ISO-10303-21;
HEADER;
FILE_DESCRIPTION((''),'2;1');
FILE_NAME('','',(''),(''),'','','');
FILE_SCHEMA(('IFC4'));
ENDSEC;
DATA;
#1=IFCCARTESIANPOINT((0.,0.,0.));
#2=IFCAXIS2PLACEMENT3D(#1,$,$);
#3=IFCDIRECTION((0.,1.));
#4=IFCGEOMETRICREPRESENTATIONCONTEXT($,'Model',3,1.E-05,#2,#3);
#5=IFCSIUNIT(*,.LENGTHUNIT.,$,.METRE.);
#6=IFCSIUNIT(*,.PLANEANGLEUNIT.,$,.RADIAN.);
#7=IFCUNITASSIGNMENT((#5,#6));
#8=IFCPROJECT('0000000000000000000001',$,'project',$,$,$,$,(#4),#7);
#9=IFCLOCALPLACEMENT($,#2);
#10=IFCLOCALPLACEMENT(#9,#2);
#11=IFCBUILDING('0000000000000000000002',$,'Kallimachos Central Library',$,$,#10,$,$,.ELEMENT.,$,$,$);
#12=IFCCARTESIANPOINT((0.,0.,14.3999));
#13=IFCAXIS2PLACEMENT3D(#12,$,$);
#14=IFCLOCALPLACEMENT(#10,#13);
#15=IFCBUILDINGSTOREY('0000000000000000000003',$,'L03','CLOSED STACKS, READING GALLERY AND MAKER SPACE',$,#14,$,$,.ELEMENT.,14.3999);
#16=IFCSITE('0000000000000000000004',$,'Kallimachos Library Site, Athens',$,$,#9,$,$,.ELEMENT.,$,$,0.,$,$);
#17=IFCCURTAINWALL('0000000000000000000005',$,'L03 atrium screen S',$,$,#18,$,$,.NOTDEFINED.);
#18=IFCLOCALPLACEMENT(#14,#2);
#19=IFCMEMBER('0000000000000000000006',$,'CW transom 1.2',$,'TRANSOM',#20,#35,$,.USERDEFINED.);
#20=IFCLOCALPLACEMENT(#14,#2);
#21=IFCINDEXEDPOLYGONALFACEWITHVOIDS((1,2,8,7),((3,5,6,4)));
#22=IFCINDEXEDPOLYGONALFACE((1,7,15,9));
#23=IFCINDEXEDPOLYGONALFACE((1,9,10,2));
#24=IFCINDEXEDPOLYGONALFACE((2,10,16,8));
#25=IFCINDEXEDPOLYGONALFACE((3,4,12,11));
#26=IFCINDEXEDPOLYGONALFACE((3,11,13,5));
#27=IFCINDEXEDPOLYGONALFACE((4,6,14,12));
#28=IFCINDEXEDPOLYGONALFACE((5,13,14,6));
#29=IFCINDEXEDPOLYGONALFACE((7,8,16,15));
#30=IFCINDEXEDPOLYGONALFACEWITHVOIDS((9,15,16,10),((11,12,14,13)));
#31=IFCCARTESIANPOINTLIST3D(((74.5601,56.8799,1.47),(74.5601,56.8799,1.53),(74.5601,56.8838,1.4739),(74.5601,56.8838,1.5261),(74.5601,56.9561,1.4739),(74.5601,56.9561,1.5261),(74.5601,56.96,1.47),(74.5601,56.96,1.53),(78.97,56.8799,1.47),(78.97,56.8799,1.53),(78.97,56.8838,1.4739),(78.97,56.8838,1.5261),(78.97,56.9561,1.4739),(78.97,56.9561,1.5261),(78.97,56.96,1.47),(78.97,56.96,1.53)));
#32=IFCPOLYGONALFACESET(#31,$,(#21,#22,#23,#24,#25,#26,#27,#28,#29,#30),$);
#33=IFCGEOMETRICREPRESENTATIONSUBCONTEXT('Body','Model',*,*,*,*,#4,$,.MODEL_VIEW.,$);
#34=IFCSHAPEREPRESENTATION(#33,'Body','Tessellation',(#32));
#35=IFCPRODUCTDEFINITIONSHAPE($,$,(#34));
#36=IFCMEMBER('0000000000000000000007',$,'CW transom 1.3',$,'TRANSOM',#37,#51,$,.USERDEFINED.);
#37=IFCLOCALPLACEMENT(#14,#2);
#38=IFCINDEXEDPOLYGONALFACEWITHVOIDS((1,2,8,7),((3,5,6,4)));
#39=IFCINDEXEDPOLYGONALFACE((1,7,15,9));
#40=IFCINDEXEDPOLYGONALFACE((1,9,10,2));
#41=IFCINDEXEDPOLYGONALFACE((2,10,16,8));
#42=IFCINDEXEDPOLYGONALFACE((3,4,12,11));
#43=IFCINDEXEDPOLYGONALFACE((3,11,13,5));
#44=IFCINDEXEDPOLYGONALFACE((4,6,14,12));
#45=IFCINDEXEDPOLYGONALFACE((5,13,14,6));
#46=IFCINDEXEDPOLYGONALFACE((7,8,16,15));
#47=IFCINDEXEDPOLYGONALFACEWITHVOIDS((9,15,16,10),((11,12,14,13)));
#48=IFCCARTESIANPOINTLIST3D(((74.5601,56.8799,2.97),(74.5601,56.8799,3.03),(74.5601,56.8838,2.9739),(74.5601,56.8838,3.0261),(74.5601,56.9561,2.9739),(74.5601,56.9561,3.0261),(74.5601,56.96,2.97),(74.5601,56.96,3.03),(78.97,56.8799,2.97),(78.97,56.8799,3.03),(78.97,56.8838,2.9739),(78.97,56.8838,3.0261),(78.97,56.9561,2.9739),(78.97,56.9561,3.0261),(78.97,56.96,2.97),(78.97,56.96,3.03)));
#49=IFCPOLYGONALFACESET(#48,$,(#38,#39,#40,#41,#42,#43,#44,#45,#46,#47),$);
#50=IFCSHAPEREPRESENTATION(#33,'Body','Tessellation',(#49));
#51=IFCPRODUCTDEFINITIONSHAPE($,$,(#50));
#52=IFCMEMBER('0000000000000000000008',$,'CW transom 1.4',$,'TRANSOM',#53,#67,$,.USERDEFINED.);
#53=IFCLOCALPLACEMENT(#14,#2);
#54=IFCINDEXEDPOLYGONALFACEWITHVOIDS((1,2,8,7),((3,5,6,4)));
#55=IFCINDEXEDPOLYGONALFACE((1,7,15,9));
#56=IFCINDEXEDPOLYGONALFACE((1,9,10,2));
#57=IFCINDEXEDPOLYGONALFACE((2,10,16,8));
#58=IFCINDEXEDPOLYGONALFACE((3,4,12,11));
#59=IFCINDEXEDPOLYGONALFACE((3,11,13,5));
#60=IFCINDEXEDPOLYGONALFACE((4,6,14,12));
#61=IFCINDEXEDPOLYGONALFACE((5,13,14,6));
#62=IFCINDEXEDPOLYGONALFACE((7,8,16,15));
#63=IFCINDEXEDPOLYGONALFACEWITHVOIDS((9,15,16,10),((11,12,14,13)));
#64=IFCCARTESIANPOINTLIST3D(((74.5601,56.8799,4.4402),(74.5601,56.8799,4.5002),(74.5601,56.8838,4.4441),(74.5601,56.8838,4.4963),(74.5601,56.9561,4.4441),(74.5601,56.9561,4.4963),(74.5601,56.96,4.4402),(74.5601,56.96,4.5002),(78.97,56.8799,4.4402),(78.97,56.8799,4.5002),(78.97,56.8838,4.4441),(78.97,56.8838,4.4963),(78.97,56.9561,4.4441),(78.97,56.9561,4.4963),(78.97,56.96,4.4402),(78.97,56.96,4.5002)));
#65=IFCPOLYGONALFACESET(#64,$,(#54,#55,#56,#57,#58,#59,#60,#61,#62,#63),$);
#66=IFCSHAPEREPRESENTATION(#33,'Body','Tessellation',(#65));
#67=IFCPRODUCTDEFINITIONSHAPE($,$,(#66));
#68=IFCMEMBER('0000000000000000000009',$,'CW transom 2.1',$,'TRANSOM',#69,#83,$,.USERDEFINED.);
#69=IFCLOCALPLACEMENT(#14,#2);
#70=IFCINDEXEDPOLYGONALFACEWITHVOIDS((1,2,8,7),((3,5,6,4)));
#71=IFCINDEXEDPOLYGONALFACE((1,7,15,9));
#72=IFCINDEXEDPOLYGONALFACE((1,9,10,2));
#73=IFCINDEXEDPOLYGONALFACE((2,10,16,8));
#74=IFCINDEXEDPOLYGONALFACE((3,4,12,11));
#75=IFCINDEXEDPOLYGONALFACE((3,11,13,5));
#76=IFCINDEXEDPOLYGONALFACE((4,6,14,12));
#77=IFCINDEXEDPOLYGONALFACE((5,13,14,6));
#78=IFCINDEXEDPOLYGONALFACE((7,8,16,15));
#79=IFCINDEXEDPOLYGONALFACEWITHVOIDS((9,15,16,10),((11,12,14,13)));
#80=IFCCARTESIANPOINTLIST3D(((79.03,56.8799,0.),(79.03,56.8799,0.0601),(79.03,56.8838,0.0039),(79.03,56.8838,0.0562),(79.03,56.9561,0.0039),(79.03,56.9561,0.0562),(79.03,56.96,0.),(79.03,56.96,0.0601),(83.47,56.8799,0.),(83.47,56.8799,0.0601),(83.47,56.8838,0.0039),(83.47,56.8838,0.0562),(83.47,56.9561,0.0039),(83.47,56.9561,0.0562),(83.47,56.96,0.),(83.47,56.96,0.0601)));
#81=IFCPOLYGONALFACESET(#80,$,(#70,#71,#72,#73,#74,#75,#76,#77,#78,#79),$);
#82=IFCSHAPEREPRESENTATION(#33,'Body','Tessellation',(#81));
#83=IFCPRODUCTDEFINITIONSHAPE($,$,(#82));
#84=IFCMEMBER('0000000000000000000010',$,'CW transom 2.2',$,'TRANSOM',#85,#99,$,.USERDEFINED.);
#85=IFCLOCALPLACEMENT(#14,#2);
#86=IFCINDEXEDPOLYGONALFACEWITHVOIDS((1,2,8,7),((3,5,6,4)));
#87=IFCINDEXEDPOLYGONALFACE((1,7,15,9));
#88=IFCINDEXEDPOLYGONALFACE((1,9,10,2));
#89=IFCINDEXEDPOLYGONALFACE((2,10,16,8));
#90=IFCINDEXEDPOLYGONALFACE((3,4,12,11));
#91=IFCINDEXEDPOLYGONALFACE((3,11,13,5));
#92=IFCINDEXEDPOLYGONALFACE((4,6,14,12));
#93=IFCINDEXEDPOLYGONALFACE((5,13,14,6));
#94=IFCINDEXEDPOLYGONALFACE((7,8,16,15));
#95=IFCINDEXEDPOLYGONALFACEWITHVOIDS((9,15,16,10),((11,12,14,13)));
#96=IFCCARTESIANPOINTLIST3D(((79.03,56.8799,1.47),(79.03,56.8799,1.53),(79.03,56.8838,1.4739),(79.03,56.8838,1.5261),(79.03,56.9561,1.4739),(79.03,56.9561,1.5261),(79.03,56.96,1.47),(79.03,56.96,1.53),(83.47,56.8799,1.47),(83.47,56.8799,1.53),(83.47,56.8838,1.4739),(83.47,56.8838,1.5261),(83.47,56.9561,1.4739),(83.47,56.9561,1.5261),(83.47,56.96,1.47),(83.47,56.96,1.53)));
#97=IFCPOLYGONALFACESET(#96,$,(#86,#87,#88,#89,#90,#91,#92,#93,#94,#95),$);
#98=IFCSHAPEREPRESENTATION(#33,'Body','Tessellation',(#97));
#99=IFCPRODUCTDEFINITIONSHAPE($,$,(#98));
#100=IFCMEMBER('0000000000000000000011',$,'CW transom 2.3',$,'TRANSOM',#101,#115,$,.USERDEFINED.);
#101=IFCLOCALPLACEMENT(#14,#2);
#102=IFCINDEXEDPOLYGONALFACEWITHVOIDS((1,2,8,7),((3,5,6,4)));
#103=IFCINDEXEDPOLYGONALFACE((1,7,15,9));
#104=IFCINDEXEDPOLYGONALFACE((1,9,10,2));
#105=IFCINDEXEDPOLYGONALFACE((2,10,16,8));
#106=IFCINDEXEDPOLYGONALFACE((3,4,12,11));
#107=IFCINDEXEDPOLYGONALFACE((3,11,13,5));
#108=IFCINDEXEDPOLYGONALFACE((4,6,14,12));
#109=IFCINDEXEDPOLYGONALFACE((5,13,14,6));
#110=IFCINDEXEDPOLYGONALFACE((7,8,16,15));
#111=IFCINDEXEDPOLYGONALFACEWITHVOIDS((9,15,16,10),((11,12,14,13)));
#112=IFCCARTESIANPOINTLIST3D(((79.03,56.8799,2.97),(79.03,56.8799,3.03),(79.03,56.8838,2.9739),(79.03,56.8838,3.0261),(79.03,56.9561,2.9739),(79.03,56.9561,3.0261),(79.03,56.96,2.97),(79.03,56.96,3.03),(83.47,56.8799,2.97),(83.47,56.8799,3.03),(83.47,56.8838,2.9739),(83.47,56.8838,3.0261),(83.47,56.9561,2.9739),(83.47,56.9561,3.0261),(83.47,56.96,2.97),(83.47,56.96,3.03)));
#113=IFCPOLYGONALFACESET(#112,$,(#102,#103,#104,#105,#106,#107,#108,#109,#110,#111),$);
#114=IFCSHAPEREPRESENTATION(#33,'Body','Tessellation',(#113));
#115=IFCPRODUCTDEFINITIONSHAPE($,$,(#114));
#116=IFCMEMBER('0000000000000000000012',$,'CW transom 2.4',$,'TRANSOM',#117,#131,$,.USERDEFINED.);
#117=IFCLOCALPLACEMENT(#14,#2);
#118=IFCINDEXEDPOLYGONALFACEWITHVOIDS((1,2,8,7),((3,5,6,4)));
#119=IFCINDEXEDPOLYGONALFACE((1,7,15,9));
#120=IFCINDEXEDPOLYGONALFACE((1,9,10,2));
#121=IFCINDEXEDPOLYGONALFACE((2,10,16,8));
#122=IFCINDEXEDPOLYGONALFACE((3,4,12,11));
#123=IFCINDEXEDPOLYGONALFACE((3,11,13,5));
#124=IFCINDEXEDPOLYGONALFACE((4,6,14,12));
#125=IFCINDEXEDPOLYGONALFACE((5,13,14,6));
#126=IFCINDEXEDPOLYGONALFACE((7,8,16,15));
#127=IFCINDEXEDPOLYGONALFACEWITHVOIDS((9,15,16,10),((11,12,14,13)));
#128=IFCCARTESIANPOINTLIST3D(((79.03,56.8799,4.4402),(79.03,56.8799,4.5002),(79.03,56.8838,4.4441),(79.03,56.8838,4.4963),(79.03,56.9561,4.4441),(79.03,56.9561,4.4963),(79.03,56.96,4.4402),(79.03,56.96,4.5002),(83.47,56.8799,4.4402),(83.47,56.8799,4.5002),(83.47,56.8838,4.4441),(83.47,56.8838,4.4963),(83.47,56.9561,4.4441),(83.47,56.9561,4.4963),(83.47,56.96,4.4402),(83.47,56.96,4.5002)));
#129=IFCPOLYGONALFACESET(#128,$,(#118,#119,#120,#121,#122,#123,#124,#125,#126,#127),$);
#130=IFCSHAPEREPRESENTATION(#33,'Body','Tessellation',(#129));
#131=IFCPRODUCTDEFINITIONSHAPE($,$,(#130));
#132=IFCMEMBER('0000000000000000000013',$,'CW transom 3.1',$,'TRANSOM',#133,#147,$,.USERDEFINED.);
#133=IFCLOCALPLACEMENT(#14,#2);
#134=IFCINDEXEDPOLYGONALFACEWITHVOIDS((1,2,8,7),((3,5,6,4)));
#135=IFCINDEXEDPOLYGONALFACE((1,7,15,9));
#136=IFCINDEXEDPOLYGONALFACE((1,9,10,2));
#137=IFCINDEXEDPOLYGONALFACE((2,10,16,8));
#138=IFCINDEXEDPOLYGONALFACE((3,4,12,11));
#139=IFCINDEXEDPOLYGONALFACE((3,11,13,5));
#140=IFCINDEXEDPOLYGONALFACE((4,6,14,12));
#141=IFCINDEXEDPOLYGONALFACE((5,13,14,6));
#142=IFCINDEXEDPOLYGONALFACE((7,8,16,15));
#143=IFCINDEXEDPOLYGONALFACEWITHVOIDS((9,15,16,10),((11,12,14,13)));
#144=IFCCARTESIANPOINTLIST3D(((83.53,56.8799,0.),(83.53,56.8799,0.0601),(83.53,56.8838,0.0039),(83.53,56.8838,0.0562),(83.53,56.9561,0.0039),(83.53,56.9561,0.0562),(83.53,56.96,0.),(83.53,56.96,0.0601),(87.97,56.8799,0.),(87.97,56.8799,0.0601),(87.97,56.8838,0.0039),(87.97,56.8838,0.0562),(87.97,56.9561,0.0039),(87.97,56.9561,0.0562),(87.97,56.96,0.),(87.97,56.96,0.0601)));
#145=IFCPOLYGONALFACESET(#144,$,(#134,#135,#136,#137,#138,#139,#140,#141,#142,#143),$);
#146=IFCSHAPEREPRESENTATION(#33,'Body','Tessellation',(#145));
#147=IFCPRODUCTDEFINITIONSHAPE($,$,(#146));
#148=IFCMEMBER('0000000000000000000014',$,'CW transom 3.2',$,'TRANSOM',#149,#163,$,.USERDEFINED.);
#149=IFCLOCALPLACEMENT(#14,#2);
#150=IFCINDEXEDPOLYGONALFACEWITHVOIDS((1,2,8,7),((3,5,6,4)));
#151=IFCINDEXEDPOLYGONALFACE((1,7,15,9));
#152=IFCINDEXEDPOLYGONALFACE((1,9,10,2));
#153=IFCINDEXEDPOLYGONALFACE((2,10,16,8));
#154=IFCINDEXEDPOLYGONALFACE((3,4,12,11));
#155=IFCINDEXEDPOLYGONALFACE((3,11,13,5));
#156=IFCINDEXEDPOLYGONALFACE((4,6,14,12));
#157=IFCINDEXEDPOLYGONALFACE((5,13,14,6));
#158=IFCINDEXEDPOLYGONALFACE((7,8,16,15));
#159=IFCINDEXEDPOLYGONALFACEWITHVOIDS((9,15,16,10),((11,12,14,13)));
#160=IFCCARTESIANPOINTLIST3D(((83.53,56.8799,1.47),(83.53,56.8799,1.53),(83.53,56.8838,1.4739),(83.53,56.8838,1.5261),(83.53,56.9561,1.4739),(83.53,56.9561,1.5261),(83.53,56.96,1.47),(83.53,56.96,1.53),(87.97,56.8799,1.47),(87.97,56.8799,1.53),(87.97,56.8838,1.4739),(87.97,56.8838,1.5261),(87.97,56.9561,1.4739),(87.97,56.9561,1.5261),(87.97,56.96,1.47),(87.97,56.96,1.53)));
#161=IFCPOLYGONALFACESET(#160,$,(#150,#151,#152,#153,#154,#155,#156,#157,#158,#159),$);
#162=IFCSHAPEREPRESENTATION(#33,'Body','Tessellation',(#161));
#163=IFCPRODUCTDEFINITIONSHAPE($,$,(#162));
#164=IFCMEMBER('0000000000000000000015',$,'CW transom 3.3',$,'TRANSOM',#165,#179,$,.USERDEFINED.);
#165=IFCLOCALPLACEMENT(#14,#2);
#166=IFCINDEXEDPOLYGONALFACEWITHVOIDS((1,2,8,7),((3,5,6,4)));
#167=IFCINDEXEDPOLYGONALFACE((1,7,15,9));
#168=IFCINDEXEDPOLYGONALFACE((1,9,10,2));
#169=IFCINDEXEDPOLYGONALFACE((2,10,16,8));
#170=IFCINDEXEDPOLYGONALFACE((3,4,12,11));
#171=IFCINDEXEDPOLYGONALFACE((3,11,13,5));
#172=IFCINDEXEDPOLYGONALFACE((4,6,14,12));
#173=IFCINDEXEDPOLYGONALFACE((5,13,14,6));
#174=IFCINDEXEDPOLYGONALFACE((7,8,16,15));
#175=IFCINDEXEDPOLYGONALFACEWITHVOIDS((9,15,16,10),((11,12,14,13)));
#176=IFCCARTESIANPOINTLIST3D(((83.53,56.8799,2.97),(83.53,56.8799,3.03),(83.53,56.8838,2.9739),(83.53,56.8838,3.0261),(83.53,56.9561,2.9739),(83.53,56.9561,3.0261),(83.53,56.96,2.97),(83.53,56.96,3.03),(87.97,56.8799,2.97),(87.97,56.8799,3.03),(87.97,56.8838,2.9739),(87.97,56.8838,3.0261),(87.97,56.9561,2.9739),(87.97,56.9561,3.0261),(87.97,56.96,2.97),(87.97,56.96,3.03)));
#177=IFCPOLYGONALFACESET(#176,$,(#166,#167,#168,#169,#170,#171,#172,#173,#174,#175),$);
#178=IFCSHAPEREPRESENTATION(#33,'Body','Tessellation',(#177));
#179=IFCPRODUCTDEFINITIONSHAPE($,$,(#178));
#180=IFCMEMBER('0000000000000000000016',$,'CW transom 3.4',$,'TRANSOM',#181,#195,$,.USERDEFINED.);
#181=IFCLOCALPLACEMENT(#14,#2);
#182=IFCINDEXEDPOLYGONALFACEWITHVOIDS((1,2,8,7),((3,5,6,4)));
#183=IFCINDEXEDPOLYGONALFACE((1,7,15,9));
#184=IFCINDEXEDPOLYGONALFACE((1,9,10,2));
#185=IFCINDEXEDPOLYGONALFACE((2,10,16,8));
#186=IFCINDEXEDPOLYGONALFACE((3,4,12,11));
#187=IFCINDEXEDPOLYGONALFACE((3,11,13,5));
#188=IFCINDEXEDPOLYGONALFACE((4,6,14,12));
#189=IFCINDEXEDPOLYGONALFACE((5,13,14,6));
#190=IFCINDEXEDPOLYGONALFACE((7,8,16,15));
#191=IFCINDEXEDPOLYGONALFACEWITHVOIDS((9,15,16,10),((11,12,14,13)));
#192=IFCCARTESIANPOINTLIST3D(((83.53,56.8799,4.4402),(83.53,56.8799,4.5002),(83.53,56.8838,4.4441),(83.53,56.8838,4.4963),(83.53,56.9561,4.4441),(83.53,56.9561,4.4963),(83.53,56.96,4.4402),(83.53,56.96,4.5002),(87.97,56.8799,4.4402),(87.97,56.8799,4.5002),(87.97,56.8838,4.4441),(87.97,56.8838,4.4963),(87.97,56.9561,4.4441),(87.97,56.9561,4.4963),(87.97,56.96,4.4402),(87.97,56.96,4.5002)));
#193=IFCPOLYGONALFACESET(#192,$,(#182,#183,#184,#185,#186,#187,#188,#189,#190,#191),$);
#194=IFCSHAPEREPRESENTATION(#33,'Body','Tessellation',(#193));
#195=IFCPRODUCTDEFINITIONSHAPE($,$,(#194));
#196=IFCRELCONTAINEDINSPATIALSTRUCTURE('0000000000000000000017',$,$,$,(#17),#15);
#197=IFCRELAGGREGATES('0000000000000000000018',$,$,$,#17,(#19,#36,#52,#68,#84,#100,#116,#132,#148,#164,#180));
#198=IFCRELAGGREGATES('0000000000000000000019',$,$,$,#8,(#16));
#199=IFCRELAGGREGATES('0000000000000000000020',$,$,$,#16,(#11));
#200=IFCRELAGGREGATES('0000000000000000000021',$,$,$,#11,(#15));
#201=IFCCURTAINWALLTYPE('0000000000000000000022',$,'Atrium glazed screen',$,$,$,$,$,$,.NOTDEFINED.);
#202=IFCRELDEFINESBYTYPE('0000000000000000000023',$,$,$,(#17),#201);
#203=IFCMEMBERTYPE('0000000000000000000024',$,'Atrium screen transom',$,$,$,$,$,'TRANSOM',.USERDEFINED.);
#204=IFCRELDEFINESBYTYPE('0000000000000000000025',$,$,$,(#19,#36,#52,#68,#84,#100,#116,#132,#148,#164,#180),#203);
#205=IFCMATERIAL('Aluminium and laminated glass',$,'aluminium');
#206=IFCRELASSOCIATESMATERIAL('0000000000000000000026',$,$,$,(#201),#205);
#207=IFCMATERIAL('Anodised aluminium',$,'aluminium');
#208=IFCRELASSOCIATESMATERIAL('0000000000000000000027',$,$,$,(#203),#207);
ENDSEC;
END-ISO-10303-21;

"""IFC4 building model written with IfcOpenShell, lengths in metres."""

from ifc_helpers import new_model, si_unit, direction, frame, origin, origin_2d, place, context, subcontext, project, spatial, hollow_rectangle, extrude, material, material_profile, profile_set, type_object, element, aggregate, save


model = new_model("IFC4")

# Units and contexts
model_context = context("Model", 3, precision=1e-05, world=origin(), true_north=direction((0.0, 1.0)))
body_context = subcontext(model_context, "Body", "Model", "MODEL_VIEW")
ifc_project = project(units=[si_unit("LENGTHUNIT", "METRE"), si_unit("PLANEANGLEUNIT", "RADIAN")], contexts=[model_context])

# Site, building, storey
site_placement = place(None, origin())
site = spatial("IfcSite", under=ifc_project, at=site_placement, Name="Kallimachos Library Site, Athens", CompositionType="ELEMENT", RefElevation=0.0)
building_placement = place(site_placement, origin())
building = spatial("IfcBuilding", under=site, at=building_placement, Name="Kallimachos Central Library", CompositionType="ELEMENT")
storey_placement = place(building_placement, frame((0.0, 0.0, 14.3999)))
storey = spatial("IfcBuildingStorey", under=building, at=storey_placement, Name="L03", Description="CLOSED STACKS, READING GALLERY AND MAKER SPACE", CompositionType="ELEMENT", Elevation=14.3999)

# Curtain wall, members
ifc_material_1 = material(Name="Aluminium and laminated glass", Category="aluminium")
curtain_wall_type = type_object("IfcCurtainWallType", Name="Atrium glazed screen", PredefinedType="NOTDEFINED", material=ifc_material_1)
curtain_wall_1_placement = place(storey_placement, origin())
curtain_wall_1 = element("IfcCurtainWall", 1, at=curtain_wall_1_placement, inside=storey, type_object=curtain_wall_type, Name="L03 atrium screen S", PredefinedType="NOTDEFINED")
ifc_material_2 = material(Name="Anodised aluminium", Category="aluminium")
ifc_material_profile_1 = material_profile(ifc_material_2, hollow_rectangle(XDim=0.0601, YDim=0.0801, WallThickness=0.0039, at=origin_2d()), Name="ALU TRANSOM 60x80")
ifc_profile_set_1 = profile_set([ifc_material_profile_1], Name="Anodised aluminium")
member_type_1 = type_object("IfcMemberType", Name="Atrium screen transom", ElementType="TRANSOM", PredefinedType="USERDEFINED", material=ifc_profile_set_1)
member_1_placement = place(storey_placement, frame((74.5601, 56.9199, 1.5), z_axis=(1.0, 0.0, 0.0), x_axis=(0.0, 0.0, 1.0)))
member_1 = element("IfcMember", 2, at=member_1_placement, type_object=member_type_1, Name="CW transom 1.2", ObjectType="TRANSOM", PredefinedType="USERDEFINED", context=body_context, shape_type="SweptSolid", body=[
    extrude(hollow_rectangle(XDim=0.0601, YDim=0.0801, WallThickness=0.0039, at=origin_2d()), origin(), (0.0, 0.0, 1.0), 4.4099),
])
member_2_placement = place(storey_placement, frame((74.5601, 56.9199, 3.0), z_axis=(1.0, 0.0, 0.0), x_axis=(0.0, 0.0, 1.0)))
member_2 = element("IfcMember", 3, at=member_2_placement, type_object=member_type_1, Name="CW transom 1.3", ObjectType="TRANSOM", PredefinedType="USERDEFINED", context=body_context, shape_type="SweptSolid", body=[
    extrude(hollow_rectangle(XDim=0.0601, YDim=0.0801, WallThickness=0.0039, at=origin_2d()), origin(), (0.0, 0.0, 1.0), 4.4099),
])
member_3_placement = place(storey_placement, frame((74.5601, 56.9199, 4.4702), z_axis=(1.0, 0.0, 0.0), x_axis=(0.0, 0.0, 1.0)))
member_3 = element("IfcMember", 4, at=member_3_placement, type_object=member_type_1, Name="CW transom 1.4", ObjectType="TRANSOM", PredefinedType="USERDEFINED", context=body_context, shape_type="SweptSolid", body=[
    extrude(hollow_rectangle(XDim=0.0601, YDim=0.0801, WallThickness=0.0039, at=origin_2d()), origin(), (0.0, 0.0, 1.0), 4.4099),
])
member_4_placement = place(storey_placement, frame((79.03, 56.9199, 0.03), z_axis=(1.0, 0.0, 0.0), x_axis=(0.0, 0.0, 1.0)))
member_4 = element("IfcMember", 5, at=member_4_placement, type_object=member_type_1, Name="CW transom 2.1", ObjectType="TRANSOM", PredefinedType="USERDEFINED", context=body_context, shape_type="SweptSolid", body=[
    extrude(hollow_rectangle(XDim=0.0601, YDim=0.0801, WallThickness=0.0039, at=origin_2d()), origin(), (0.0, 0.0, 1.0), 4.4399),
])
member_5_placement = place(storey_placement, frame((79.03, 56.9199, 1.5), z_axis=(1.0, 0.0, 0.0), x_axis=(0.0, 0.0, 1.0)))
member_5 = element("IfcMember", 6, at=member_5_placement, type_object=member_type_1, Name="CW transom 2.2", ObjectType="TRANSOM", PredefinedType="USERDEFINED", context=body_context, shape_type="SweptSolid", body=[
    extrude(hollow_rectangle(XDim=0.0601, YDim=0.0801, WallThickness=0.0039, at=origin_2d()), origin(), (0.0, 0.0, 1.0), 4.4399),
])
member_6_placement = place(storey_placement, frame((79.03, 56.9199, 3.0), z_axis=(1.0, 0.0, 0.0), x_axis=(0.0, 0.0, 1.0)))
member_6 = element("IfcMember", 7, at=member_6_placement, type_object=member_type_1, Name="CW transom 2.3", ObjectType="TRANSOM", PredefinedType="USERDEFINED", context=body_context, shape_type="SweptSolid", body=[
    extrude(hollow_rectangle(XDim=0.0601, YDim=0.0801, WallThickness=0.0039, at=origin_2d()), origin(), (0.0, 0.0, 1.0), 4.4399),
])
member_7_placement = place(storey_placement, frame((79.03, 56.9199, 4.4702), z_axis=(1.0, 0.0, 0.0), x_axis=(0.0, 0.0, 1.0)))
member_7 = element("IfcMember", 8, at=member_7_placement, type_object=member_type_1, Name="CW transom 2.4", ObjectType="TRANSOM", PredefinedType="USERDEFINED", context=body_context, shape_type="SweptSolid", body=[
    extrude(hollow_rectangle(XDim=0.0601, YDim=0.0801, WallThickness=0.0039, at=origin_2d()), origin(), (0.0, 0.0, 1.0), 4.4399),
])
member_8_placement = place(storey_placement, frame((83.53, 56.9199, 0.03), z_axis=(1.0, 0.0, 0.0), x_axis=(0.0, 0.0, 1.0)))
member_8 = element("IfcMember", 9, at=member_8_placement, type_object=member_type_1, Name="CW transom 3.1", ObjectType="TRANSOM", PredefinedType="USERDEFINED", context=body_context, shape_type="SweptSolid", body=[
    extrude(hollow_rectangle(XDim=0.0601, YDim=0.0801, WallThickness=0.0039, at=origin_2d()), origin(), (0.0, 0.0, 1.0), 4.4399),
])
member_9_placement = place(storey_placement, frame((83.53, 56.9199, 1.5), z_axis=(1.0, 0.0, 0.0), x_axis=(0.0, 0.0, 1.0)))
member_9 = element("IfcMember", 10, at=member_9_placement, type_object=member_type_1, Name="CW transom 3.2", ObjectType="TRANSOM", PredefinedType="USERDEFINED", context=body_context, shape_type="SweptSolid", body=[
    extrude(hollow_rectangle(XDim=0.0601, YDim=0.0801, WallThickness=0.0039, at=origin_2d()), origin(), (0.0, 0.0, 1.0), 4.4399),
])
member_10_placement = place(storey_placement, frame((83.53, 56.9199, 3.0), z_axis=(1.0, 0.0, 0.0), x_axis=(0.0, 0.0, 1.0)))
member_10 = element("IfcMember", 11, at=member_10_placement, type_object=member_type_1, Name="CW transom 3.3", ObjectType="TRANSOM", PredefinedType="USERDEFINED", context=body_context, shape_type="SweptSolid", body=[
    extrude(hollow_rectangle(XDim=0.0601, YDim=0.0801, WallThickness=0.0039, at=origin_2d()), origin(), (0.0, 0.0, 1.0), 4.4399),
])
member_11_placement = place(storey_placement, frame((83.53, 56.9199, 4.4702), z_axis=(1.0, 0.0, 0.0), x_axis=(0.0, 0.0, 1.0)))
member_11 = element("IfcMember", 12, at=member_11_placement, type_object=member_type_1, Name="CW transom 3.4", ObjectType="TRANSOM", PredefinedType="USERDEFINED", context=body_context, shape_type="SweptSolid", body=[
    extrude(hollow_rectangle(XDim=0.0601, YDim=0.0801, WallThickness=0.0039, at=origin_2d()), origin(), (0.0, 0.0, 1.0), 4.4399),
])

aggregate(curtain_wall_1, [member_1, member_2, member_3, member_4, member_5, member_6, member_7, member_8, member_9, member_10, member_11])

save(model, "model.ifc")
